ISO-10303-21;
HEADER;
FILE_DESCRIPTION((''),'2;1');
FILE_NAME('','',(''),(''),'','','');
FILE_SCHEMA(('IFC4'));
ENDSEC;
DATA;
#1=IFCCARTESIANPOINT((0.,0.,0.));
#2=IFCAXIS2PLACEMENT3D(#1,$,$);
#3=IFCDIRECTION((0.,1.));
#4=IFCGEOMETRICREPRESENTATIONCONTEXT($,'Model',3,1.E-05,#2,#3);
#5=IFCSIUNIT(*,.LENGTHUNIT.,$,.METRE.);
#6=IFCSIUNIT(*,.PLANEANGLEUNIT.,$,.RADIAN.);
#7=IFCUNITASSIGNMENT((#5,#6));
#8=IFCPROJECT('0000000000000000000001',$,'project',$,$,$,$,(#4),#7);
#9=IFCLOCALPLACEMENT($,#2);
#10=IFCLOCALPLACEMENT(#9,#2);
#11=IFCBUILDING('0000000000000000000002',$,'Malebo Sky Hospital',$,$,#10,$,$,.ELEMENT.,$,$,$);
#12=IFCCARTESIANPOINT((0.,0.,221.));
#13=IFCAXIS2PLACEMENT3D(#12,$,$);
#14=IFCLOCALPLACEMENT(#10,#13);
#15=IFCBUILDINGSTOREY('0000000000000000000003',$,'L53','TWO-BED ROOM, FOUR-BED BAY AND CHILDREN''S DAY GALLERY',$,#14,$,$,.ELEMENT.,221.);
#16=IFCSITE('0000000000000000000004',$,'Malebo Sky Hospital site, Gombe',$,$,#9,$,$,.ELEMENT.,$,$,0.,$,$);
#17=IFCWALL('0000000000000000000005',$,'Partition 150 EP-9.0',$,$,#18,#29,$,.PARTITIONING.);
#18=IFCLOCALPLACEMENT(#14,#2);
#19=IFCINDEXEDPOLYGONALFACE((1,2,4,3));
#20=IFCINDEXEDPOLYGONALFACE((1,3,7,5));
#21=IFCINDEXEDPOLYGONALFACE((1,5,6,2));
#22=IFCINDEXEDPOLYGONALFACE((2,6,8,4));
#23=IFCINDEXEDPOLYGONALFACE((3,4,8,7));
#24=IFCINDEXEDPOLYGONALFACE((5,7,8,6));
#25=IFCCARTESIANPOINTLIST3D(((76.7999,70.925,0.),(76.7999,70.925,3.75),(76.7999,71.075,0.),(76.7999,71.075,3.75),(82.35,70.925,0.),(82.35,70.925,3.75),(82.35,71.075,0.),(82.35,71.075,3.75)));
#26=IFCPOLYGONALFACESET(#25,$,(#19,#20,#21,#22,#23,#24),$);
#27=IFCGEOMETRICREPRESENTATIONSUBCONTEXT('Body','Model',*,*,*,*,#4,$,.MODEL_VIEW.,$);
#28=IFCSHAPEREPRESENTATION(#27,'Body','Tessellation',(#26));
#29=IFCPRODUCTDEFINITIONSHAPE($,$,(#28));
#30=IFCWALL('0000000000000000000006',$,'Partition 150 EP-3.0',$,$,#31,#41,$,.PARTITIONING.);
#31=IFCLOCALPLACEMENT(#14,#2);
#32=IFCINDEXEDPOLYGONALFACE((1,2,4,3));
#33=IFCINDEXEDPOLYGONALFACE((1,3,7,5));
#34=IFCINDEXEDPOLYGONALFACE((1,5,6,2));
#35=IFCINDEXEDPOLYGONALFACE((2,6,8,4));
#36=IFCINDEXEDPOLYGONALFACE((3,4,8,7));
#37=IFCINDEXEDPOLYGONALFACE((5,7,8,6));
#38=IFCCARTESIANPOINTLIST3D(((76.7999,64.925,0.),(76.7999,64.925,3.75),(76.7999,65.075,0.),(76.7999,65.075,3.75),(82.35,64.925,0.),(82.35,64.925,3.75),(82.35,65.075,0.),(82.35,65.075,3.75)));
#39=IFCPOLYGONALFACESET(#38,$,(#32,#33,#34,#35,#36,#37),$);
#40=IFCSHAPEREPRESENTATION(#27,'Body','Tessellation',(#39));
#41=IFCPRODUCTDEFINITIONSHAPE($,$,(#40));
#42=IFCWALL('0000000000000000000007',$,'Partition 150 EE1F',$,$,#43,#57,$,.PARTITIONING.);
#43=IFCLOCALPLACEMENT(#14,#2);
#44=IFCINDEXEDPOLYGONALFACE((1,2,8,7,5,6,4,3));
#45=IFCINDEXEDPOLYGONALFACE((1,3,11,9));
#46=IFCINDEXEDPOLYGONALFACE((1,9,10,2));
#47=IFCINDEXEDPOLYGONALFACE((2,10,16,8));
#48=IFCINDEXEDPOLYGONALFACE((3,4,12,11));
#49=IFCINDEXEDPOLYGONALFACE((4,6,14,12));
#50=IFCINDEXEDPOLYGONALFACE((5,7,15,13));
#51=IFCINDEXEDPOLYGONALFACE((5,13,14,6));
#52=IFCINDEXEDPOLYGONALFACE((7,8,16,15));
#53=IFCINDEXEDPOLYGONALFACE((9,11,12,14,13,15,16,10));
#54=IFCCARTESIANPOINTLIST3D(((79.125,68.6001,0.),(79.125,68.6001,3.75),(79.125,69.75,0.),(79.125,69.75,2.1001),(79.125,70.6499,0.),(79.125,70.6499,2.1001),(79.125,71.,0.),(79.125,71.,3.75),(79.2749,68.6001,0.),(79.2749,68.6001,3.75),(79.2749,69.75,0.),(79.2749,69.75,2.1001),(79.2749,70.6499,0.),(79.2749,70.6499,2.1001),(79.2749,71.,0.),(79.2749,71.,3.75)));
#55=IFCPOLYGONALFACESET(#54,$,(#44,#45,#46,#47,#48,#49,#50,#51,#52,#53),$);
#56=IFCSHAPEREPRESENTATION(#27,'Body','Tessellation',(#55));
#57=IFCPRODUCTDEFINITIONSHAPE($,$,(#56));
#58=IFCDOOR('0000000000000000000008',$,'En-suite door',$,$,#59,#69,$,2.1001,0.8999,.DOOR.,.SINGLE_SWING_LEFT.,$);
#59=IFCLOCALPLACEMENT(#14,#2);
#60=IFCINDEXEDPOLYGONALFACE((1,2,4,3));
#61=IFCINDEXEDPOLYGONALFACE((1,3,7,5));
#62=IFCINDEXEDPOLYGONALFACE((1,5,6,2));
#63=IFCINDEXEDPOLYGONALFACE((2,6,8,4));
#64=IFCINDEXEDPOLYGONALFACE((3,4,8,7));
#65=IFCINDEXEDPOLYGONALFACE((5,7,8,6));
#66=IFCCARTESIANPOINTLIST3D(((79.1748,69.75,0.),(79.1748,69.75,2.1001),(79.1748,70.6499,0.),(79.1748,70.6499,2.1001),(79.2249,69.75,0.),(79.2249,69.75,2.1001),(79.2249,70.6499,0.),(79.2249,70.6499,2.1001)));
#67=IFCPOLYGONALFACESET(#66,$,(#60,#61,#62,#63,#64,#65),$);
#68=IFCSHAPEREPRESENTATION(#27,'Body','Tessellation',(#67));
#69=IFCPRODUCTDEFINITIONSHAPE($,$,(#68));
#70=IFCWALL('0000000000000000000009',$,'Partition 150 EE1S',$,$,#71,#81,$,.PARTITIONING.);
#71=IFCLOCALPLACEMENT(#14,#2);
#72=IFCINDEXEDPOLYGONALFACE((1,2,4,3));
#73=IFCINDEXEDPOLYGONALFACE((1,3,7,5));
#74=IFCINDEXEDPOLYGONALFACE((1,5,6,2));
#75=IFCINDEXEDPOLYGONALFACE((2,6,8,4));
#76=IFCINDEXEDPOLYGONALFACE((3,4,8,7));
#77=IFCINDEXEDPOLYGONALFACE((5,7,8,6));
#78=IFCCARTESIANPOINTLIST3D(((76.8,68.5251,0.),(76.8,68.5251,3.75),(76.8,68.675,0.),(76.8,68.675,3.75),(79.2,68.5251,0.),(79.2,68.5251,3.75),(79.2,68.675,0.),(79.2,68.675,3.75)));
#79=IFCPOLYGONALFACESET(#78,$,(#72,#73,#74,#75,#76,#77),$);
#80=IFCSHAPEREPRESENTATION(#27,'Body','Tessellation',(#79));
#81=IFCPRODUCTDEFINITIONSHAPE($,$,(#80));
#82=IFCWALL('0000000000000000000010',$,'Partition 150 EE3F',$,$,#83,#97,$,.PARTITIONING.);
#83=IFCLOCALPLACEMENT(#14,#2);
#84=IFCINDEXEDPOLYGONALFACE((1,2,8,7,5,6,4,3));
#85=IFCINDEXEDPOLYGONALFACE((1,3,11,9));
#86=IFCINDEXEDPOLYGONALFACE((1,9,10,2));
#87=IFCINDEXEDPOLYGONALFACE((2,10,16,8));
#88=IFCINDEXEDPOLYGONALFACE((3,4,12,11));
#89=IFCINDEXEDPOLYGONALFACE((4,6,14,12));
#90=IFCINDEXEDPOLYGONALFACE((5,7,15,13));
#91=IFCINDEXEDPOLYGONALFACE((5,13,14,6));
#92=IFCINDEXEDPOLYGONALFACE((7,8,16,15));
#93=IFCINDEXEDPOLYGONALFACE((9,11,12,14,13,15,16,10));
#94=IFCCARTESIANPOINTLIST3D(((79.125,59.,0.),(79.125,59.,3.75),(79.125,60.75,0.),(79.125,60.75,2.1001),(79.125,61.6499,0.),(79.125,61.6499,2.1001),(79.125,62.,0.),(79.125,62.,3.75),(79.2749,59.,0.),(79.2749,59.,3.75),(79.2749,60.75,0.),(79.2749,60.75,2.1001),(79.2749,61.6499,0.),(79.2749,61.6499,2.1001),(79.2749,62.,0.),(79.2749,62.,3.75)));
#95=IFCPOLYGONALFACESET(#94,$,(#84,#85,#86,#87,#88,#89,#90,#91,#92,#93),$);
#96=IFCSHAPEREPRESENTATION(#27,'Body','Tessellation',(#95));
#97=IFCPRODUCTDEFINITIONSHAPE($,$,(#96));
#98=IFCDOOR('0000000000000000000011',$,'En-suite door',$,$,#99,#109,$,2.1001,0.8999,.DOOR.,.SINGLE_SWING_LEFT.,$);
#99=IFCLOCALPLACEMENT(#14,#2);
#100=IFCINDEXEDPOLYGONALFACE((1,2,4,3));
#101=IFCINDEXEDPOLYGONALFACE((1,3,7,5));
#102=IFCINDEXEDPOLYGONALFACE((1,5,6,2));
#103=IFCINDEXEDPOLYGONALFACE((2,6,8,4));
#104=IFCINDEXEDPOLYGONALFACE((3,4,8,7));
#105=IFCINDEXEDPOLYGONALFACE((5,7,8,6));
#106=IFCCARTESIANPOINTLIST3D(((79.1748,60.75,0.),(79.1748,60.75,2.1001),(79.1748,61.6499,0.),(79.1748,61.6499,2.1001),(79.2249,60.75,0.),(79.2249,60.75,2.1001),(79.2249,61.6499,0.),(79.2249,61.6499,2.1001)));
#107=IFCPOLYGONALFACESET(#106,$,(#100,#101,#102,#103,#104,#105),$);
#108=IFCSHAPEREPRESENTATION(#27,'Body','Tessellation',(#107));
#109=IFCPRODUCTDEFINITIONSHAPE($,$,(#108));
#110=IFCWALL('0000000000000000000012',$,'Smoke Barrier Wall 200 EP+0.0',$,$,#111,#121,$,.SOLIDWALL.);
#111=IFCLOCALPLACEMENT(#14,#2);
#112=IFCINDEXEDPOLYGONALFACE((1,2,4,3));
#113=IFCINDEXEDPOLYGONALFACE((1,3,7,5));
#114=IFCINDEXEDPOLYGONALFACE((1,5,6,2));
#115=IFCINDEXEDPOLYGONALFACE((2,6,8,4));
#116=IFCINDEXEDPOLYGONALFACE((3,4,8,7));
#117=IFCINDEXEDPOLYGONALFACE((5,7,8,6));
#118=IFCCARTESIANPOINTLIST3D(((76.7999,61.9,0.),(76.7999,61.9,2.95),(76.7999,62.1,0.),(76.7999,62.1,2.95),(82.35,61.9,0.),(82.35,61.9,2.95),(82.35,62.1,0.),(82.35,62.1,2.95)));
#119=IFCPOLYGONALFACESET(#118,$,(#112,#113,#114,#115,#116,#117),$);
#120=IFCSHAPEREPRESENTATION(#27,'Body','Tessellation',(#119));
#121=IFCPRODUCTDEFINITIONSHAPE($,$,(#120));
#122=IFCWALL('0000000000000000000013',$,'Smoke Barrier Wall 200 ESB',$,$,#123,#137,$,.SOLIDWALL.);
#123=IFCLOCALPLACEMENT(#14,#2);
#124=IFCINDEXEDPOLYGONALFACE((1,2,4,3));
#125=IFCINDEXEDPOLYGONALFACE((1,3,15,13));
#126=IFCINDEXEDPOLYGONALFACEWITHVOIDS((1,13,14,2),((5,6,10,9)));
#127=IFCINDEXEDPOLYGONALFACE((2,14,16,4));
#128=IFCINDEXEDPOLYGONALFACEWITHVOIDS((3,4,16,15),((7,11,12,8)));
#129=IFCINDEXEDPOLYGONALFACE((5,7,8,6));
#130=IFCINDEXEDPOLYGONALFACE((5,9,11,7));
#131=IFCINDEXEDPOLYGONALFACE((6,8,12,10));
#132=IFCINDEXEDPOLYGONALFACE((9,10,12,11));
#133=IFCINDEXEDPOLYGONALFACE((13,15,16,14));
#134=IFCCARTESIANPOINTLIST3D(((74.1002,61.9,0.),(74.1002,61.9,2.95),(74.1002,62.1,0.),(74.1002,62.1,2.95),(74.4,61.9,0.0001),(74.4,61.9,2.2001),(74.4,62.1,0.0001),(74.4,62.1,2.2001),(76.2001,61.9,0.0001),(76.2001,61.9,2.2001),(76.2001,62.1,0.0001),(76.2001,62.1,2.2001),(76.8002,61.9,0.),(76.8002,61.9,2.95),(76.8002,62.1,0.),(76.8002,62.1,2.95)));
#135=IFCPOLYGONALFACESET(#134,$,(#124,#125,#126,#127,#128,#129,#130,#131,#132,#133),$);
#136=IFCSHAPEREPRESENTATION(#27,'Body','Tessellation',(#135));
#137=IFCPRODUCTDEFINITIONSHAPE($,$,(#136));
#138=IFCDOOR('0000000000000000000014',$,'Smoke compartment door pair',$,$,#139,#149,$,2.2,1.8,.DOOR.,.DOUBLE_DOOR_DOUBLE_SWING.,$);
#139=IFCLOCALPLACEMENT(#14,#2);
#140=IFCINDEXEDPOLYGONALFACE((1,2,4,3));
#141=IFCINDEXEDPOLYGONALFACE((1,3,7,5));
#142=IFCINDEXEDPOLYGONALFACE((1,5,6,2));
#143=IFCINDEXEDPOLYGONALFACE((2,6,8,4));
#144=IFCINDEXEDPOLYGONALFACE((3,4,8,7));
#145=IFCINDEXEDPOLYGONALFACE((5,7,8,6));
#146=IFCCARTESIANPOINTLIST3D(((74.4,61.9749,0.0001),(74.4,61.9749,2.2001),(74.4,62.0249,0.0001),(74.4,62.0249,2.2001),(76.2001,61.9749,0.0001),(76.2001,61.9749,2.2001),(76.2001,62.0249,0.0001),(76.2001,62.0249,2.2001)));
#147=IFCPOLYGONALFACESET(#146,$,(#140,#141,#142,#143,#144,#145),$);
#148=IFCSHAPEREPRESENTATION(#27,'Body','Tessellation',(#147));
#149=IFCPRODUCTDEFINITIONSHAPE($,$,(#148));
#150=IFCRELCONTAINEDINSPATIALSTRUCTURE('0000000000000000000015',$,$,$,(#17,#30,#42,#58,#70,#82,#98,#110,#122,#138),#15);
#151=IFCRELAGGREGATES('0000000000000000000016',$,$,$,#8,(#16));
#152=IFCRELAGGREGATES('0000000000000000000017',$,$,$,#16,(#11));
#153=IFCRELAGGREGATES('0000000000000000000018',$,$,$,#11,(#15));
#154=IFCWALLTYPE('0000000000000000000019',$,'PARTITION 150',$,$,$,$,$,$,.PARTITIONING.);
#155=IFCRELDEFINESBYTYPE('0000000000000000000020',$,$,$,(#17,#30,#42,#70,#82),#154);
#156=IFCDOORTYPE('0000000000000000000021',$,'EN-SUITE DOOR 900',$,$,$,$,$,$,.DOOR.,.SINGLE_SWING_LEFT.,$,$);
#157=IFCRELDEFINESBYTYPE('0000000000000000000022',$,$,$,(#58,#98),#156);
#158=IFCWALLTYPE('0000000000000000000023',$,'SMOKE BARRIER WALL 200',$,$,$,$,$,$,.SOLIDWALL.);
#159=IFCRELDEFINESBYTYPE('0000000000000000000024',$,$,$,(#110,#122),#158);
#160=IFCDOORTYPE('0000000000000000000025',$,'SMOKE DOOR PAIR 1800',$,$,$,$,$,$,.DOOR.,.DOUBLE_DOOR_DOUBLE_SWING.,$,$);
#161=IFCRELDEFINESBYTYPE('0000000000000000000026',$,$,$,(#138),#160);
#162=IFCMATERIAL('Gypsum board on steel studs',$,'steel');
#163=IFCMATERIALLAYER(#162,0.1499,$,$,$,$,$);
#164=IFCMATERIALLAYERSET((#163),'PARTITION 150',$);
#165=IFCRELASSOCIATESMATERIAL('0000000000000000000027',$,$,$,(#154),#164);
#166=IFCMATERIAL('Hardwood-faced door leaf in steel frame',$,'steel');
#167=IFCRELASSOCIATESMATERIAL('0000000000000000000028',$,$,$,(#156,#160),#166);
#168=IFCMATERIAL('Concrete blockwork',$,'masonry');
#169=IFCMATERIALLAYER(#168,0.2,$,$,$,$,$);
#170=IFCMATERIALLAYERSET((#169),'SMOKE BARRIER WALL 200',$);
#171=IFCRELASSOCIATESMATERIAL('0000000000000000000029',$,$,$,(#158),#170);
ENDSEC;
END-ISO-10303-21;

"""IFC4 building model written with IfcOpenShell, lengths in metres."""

from ifc_helpers import new_model, si_unit, direction, frame, frame_2d, origin, place, context, subcontext, project, spatial, rectangle, extrude, material, layer, layer_set, type_object, element, fill, save


model = new_model("IFC4")

# Units and contexts
model_context = context("Model", 3, precision=1e-05, world=origin(), true_north=direction((0.0, 1.0)))
body_context = subcontext(model_context, "Body", "Model", "MODEL_VIEW")
ifc_project = project(units=[si_unit("LENGTHUNIT", "METRE"), si_unit("PLANEANGLEUNIT", "RADIAN")], contexts=[model_context])

# Site, building, storey
site_placement = place(None, origin())
site = spatial("IfcSite", under=ifc_project, at=site_placement, Name="Malebo Sky Hospital site, Gombe", CompositionType="ELEMENT", RefElevation=0.0)
building_placement = place(site_placement, origin())
building = spatial("IfcBuilding", under=site, at=building_placement, Name="Malebo Sky Hospital", CompositionType="ELEMENT")
storey_placement = place(building_placement, frame((0.0, 0.0, 221.0)))
storey = spatial("IfcBuildingStorey", under=building, at=storey_placement, Name="L53", Description="TWO-BED ROOM, FOUR-BED BAY AND CHILDREN'S DAY GALLERY", CompositionType="ELEMENT", Elevation=221.0)

# Shared definitions
ifc_material_1 = material(Name="Gypsum board on steel studs", Category="steel")
ifc_material_2 = material(Name="Hardwood-faced door leaf in steel frame", Category="steel")

# Walls
ifc_layer_1 = layer(ifc_material_1, 0.1499)
ifc_layer_set_1 = layer_set([ifc_layer_1], Name="PARTITION 150")
wall_type_1 = type_object("IfcWallType", Name="PARTITION 150", PredefinedType="PARTITIONING", material=ifc_layer_set_1)
for number, where, z_axis, x_axis, name in (
    (1, (76.8, 71.0, 0.0), (0.0, 0.0, 1.0), (1.0, 0.0, 0.0), "Partition 150 EP-9.0"),
    (2, (76.8, 65.0, 0.0), (0.0, 0.0, 1.0), (1.0, 0.0, 0.0), "Partition 150 EP-3.0"),
):
    element("IfcWall", number, at=place(storey_placement, frame(where, z_axis=z_axis, x_axis=x_axis)), inside=storey, type_object=wall_type_1, Name=name, PredefinedType="PARTITIONING", context=body_context, shape_type="SweptSolid", body=[
        extrude(rectangle(XDim=5.55, YDim=0.1499, at=frame_2d((2.7749, 0.0))), origin(), (0.0, 0.0, 1.0), 3.75),
    ])

# Wall, opening, door
wall_1_placement = place(storey_placement, frame((79.2, 71.0, 0.0), z_axis=(0.0, 0.0, 1.0), x_axis=(0.0, -1.0, 0.0)))
wall_1 = element("IfcWall", 3, at=wall_1_placement, inside=storey, type_object=wall_type_1, Name="Partition 150 EE1F", PredefinedType="PARTITIONING", context=body_context, shape_type="SweptSolid", body=[
    extrude(rectangle(XDim=2.3999, YDim=0.1499, at=frame_2d((1.2, 0.0))), origin(), (0.0, 0.0, 1.0), 3.75),
])
opening_1_placement = place(wall_1_placement, frame((0.3501, 0.0, 0.0)))
opening_1 = element("IfcOpeningElement", 4, at=opening_1_placement, cuts=wall_1, PredefinedType="OPENING", context=body_context, shape_type="SweptSolid", body=[
    extrude(rectangle(XDim=0.8999, YDim=2.1001, at=frame_2d((0.45, 1.05))), frame((0.0, 0.085, 0.0), z_axis=(0.0, -1.0, 0.0), x_axis=(1.0, 0.0, 0.0)), (0.0, 0.0, 1.0), 0.1699),
])
door_type_1 = type_object("IfcDoorType", Name="EN-SUITE DOOR 900", OperationType="SINGLE_SWING_LEFT", PredefinedType="DOOR", material=ifc_material_2)
door_1_placement = place(opening_1_placement, origin())
door_1 = element("IfcDoor", 5, at=door_1_placement, inside=storey, type_object=door_type_1, Name="En-suite door", OperationType="SINGLE_SWING_LEFT", OverallHeight=2.1001, OverallWidth=0.8999, PredefinedType="DOOR", context=body_context, shape_type="SweptSolid", body=[
    extrude(rectangle(XDim=0.8999, YDim=2.1001, at=frame_2d((0.45, 1.05))), frame((0.0, 0.0249, 0.0), z_axis=(0.0, -1.0, 0.0), x_axis=(1.0, 0.0, 0.0)), (0.0, 0.0, 1.0), 0.05),
])
fill(opening_1, door_1)

# Wall
wall_2_placement = place(storey_placement, frame((76.8, 68.6001, 0.0), z_axis=(0.0, 0.0, 1.0), x_axis=(1.0, 0.0, 0.0)))
element("IfcWall", 6, at=wall_2_placement, inside=storey, type_object=wall_type_1, Name="Partition 150 EE1S", PredefinedType="PARTITIONING", context=body_context, shape_type="SweptSolid", body=[
    extrude(rectangle(XDim=2.3999, YDim=0.1499, at=frame_2d((1.2, 0.0))), origin(), (0.0, 0.0, 1.0), 3.75),
])

# Wall, opening, door
wall_3_placement = place(storey_placement, frame((79.2, 62.0, 0.0), z_axis=(0.0, 0.0, 1.0), x_axis=(0.0, -1.0, 0.0)))
wall_3 = element("IfcWall", 7, at=wall_3_placement, inside=storey, type_object=wall_type_1, Name="Partition 150 EE3F", PredefinedType="PARTITIONING", context=body_context, shape_type="SweptSolid", body=[
    extrude(rectangle(XDim=3.0, YDim=0.1499, at=frame_2d((1.5, 0.0))), origin(), (0.0, 0.0, 1.0), 3.75),
])
opening_2_placement = place(wall_3_placement, frame((0.3501, 0.0, 0.0)))
opening_2 = element("IfcOpeningElement", 8, at=opening_2_placement, cuts=wall_3, PredefinedType="OPENING", context=body_context, shape_type="SweptSolid", body=[
    extrude(rectangle(XDim=0.8999, YDim=2.1001, at=frame_2d((0.45, 1.05))), frame((0.0, 0.085, 0.0), z_axis=(0.0, -1.0, 0.0), x_axis=(1.0, 0.0, 0.0)), (0.0, 0.0, 1.0), 0.1699),
])
door_2_placement = place(opening_2_placement, origin())
door_2 = element("IfcDoor", 9, at=door_2_placement, inside=storey, type_object=door_type_1, Name="En-suite door", OperationType="SINGLE_SWING_LEFT", OverallHeight=2.1001, OverallWidth=0.8999, PredefinedType="DOOR", context=body_context, shape_type="SweptSolid", body=[
    extrude(rectangle(XDim=0.8999, YDim=2.1001, at=frame_2d((0.45, 1.05))), frame((0.0, 0.0249, 0.0), z_axis=(0.0, -1.0, 0.0), x_axis=(1.0, 0.0, 0.0)), (0.0, 0.0, 1.0), 0.05),
])
fill(opening_2, door_2)

# Wall
ifc_material_3 = material(Name="Concrete blockwork", Category="masonry")
ifc_layer_2 = layer(ifc_material_3, 0.2)
ifc_layer_set_2 = layer_set([ifc_layer_2], Name="SMOKE BARRIER WALL 200")
wall_type_2 = type_object("IfcWallType", Name="SMOKE BARRIER WALL 200", PredefinedType="SOLIDWALL", material=ifc_layer_set_2)
wall_4_placement = place(storey_placement, frame((76.8, 62.0, 0.0), z_axis=(0.0, 0.0, 1.0), x_axis=(1.0, 0.0, 0.0)))
element("IfcWall", 10, at=wall_4_placement, inside=storey, type_object=wall_type_2, Name="Smoke Barrier Wall 200 EP+0.0", PredefinedType="SOLIDWALL", context=body_context, shape_type="SweptSolid", body=[
    extrude(rectangle(XDim=5.55, YDim=0.2, at=frame_2d((2.7749, 0.0))), origin(), (0.0, 0.0, 1.0), 2.95),
])

# Wall, opening, door
wall_5_placement = place(storey_placement, frame((74.1001, 62.0, 0.0), z_axis=(0.0, 0.0, 1.0), x_axis=(1.0, 0.0, 0.0)))
wall_5 = element("IfcWall", 11, at=wall_5_placement, inside=storey, type_object=wall_type_2, Name="Smoke Barrier Wall 200 ESB", PredefinedType="SOLIDWALL", context=body_context, shape_type="SweptSolid", body=[
    extrude(rectangle(XDim=2.7, YDim=0.2, at=frame_2d((1.3501, 0.0))), origin(), (0.0, 0.0, 1.0), 2.95),
])
opening_3_placement = place(wall_5_placement, frame((0.3, 0.0, 0.0)))
opening_3 = element("IfcOpeningElement", 12, at=opening_3_placement, cuts=wall_5, PredefinedType="OPENING", context=body_context, shape_type="SweptSolid", body=[
    extrude(rectangle(XDim=1.8, YDim=2.2, at=frame_2d((0.8999, 1.1001))), frame((0.0, 0.1099, 0.0), z_axis=(0.0, -1.0, 0.0), x_axis=(1.0, 0.0, 0.0)), (0.0, 0.0, 1.0), 0.22),
])
door_type_2 = type_object("IfcDoorType", Name="SMOKE DOOR PAIR 1800", OperationType="DOUBLE_DOOR_DOUBLE_SWING", PredefinedType="DOOR", material=ifc_material_2)
door_3_placement = place(opening_3_placement, origin())
door_3 = element("IfcDoor", 13, at=door_3_placement, inside=storey, type_object=door_type_2, Name="Smoke compartment door pair", OperationType="DOUBLE_DOOR_DOUBLE_SWING", OverallHeight=2.2, OverallWidth=1.8, PredefinedType="DOOR", context=body_context, shape_type="SweptSolid", body=[
    extrude(rectangle(XDim=1.8, YDim=2.2, at=frame_2d((0.8999, 1.1001))), frame((0.0, 0.0249, 0.0), z_axis=(0.0, -1.0, 0.0), x_axis=(1.0, 0.0, 0.0)), (0.0, 0.0, 1.0), 0.05),
])
fill(opening_3, door_3)

save(model, "model.ifc")
